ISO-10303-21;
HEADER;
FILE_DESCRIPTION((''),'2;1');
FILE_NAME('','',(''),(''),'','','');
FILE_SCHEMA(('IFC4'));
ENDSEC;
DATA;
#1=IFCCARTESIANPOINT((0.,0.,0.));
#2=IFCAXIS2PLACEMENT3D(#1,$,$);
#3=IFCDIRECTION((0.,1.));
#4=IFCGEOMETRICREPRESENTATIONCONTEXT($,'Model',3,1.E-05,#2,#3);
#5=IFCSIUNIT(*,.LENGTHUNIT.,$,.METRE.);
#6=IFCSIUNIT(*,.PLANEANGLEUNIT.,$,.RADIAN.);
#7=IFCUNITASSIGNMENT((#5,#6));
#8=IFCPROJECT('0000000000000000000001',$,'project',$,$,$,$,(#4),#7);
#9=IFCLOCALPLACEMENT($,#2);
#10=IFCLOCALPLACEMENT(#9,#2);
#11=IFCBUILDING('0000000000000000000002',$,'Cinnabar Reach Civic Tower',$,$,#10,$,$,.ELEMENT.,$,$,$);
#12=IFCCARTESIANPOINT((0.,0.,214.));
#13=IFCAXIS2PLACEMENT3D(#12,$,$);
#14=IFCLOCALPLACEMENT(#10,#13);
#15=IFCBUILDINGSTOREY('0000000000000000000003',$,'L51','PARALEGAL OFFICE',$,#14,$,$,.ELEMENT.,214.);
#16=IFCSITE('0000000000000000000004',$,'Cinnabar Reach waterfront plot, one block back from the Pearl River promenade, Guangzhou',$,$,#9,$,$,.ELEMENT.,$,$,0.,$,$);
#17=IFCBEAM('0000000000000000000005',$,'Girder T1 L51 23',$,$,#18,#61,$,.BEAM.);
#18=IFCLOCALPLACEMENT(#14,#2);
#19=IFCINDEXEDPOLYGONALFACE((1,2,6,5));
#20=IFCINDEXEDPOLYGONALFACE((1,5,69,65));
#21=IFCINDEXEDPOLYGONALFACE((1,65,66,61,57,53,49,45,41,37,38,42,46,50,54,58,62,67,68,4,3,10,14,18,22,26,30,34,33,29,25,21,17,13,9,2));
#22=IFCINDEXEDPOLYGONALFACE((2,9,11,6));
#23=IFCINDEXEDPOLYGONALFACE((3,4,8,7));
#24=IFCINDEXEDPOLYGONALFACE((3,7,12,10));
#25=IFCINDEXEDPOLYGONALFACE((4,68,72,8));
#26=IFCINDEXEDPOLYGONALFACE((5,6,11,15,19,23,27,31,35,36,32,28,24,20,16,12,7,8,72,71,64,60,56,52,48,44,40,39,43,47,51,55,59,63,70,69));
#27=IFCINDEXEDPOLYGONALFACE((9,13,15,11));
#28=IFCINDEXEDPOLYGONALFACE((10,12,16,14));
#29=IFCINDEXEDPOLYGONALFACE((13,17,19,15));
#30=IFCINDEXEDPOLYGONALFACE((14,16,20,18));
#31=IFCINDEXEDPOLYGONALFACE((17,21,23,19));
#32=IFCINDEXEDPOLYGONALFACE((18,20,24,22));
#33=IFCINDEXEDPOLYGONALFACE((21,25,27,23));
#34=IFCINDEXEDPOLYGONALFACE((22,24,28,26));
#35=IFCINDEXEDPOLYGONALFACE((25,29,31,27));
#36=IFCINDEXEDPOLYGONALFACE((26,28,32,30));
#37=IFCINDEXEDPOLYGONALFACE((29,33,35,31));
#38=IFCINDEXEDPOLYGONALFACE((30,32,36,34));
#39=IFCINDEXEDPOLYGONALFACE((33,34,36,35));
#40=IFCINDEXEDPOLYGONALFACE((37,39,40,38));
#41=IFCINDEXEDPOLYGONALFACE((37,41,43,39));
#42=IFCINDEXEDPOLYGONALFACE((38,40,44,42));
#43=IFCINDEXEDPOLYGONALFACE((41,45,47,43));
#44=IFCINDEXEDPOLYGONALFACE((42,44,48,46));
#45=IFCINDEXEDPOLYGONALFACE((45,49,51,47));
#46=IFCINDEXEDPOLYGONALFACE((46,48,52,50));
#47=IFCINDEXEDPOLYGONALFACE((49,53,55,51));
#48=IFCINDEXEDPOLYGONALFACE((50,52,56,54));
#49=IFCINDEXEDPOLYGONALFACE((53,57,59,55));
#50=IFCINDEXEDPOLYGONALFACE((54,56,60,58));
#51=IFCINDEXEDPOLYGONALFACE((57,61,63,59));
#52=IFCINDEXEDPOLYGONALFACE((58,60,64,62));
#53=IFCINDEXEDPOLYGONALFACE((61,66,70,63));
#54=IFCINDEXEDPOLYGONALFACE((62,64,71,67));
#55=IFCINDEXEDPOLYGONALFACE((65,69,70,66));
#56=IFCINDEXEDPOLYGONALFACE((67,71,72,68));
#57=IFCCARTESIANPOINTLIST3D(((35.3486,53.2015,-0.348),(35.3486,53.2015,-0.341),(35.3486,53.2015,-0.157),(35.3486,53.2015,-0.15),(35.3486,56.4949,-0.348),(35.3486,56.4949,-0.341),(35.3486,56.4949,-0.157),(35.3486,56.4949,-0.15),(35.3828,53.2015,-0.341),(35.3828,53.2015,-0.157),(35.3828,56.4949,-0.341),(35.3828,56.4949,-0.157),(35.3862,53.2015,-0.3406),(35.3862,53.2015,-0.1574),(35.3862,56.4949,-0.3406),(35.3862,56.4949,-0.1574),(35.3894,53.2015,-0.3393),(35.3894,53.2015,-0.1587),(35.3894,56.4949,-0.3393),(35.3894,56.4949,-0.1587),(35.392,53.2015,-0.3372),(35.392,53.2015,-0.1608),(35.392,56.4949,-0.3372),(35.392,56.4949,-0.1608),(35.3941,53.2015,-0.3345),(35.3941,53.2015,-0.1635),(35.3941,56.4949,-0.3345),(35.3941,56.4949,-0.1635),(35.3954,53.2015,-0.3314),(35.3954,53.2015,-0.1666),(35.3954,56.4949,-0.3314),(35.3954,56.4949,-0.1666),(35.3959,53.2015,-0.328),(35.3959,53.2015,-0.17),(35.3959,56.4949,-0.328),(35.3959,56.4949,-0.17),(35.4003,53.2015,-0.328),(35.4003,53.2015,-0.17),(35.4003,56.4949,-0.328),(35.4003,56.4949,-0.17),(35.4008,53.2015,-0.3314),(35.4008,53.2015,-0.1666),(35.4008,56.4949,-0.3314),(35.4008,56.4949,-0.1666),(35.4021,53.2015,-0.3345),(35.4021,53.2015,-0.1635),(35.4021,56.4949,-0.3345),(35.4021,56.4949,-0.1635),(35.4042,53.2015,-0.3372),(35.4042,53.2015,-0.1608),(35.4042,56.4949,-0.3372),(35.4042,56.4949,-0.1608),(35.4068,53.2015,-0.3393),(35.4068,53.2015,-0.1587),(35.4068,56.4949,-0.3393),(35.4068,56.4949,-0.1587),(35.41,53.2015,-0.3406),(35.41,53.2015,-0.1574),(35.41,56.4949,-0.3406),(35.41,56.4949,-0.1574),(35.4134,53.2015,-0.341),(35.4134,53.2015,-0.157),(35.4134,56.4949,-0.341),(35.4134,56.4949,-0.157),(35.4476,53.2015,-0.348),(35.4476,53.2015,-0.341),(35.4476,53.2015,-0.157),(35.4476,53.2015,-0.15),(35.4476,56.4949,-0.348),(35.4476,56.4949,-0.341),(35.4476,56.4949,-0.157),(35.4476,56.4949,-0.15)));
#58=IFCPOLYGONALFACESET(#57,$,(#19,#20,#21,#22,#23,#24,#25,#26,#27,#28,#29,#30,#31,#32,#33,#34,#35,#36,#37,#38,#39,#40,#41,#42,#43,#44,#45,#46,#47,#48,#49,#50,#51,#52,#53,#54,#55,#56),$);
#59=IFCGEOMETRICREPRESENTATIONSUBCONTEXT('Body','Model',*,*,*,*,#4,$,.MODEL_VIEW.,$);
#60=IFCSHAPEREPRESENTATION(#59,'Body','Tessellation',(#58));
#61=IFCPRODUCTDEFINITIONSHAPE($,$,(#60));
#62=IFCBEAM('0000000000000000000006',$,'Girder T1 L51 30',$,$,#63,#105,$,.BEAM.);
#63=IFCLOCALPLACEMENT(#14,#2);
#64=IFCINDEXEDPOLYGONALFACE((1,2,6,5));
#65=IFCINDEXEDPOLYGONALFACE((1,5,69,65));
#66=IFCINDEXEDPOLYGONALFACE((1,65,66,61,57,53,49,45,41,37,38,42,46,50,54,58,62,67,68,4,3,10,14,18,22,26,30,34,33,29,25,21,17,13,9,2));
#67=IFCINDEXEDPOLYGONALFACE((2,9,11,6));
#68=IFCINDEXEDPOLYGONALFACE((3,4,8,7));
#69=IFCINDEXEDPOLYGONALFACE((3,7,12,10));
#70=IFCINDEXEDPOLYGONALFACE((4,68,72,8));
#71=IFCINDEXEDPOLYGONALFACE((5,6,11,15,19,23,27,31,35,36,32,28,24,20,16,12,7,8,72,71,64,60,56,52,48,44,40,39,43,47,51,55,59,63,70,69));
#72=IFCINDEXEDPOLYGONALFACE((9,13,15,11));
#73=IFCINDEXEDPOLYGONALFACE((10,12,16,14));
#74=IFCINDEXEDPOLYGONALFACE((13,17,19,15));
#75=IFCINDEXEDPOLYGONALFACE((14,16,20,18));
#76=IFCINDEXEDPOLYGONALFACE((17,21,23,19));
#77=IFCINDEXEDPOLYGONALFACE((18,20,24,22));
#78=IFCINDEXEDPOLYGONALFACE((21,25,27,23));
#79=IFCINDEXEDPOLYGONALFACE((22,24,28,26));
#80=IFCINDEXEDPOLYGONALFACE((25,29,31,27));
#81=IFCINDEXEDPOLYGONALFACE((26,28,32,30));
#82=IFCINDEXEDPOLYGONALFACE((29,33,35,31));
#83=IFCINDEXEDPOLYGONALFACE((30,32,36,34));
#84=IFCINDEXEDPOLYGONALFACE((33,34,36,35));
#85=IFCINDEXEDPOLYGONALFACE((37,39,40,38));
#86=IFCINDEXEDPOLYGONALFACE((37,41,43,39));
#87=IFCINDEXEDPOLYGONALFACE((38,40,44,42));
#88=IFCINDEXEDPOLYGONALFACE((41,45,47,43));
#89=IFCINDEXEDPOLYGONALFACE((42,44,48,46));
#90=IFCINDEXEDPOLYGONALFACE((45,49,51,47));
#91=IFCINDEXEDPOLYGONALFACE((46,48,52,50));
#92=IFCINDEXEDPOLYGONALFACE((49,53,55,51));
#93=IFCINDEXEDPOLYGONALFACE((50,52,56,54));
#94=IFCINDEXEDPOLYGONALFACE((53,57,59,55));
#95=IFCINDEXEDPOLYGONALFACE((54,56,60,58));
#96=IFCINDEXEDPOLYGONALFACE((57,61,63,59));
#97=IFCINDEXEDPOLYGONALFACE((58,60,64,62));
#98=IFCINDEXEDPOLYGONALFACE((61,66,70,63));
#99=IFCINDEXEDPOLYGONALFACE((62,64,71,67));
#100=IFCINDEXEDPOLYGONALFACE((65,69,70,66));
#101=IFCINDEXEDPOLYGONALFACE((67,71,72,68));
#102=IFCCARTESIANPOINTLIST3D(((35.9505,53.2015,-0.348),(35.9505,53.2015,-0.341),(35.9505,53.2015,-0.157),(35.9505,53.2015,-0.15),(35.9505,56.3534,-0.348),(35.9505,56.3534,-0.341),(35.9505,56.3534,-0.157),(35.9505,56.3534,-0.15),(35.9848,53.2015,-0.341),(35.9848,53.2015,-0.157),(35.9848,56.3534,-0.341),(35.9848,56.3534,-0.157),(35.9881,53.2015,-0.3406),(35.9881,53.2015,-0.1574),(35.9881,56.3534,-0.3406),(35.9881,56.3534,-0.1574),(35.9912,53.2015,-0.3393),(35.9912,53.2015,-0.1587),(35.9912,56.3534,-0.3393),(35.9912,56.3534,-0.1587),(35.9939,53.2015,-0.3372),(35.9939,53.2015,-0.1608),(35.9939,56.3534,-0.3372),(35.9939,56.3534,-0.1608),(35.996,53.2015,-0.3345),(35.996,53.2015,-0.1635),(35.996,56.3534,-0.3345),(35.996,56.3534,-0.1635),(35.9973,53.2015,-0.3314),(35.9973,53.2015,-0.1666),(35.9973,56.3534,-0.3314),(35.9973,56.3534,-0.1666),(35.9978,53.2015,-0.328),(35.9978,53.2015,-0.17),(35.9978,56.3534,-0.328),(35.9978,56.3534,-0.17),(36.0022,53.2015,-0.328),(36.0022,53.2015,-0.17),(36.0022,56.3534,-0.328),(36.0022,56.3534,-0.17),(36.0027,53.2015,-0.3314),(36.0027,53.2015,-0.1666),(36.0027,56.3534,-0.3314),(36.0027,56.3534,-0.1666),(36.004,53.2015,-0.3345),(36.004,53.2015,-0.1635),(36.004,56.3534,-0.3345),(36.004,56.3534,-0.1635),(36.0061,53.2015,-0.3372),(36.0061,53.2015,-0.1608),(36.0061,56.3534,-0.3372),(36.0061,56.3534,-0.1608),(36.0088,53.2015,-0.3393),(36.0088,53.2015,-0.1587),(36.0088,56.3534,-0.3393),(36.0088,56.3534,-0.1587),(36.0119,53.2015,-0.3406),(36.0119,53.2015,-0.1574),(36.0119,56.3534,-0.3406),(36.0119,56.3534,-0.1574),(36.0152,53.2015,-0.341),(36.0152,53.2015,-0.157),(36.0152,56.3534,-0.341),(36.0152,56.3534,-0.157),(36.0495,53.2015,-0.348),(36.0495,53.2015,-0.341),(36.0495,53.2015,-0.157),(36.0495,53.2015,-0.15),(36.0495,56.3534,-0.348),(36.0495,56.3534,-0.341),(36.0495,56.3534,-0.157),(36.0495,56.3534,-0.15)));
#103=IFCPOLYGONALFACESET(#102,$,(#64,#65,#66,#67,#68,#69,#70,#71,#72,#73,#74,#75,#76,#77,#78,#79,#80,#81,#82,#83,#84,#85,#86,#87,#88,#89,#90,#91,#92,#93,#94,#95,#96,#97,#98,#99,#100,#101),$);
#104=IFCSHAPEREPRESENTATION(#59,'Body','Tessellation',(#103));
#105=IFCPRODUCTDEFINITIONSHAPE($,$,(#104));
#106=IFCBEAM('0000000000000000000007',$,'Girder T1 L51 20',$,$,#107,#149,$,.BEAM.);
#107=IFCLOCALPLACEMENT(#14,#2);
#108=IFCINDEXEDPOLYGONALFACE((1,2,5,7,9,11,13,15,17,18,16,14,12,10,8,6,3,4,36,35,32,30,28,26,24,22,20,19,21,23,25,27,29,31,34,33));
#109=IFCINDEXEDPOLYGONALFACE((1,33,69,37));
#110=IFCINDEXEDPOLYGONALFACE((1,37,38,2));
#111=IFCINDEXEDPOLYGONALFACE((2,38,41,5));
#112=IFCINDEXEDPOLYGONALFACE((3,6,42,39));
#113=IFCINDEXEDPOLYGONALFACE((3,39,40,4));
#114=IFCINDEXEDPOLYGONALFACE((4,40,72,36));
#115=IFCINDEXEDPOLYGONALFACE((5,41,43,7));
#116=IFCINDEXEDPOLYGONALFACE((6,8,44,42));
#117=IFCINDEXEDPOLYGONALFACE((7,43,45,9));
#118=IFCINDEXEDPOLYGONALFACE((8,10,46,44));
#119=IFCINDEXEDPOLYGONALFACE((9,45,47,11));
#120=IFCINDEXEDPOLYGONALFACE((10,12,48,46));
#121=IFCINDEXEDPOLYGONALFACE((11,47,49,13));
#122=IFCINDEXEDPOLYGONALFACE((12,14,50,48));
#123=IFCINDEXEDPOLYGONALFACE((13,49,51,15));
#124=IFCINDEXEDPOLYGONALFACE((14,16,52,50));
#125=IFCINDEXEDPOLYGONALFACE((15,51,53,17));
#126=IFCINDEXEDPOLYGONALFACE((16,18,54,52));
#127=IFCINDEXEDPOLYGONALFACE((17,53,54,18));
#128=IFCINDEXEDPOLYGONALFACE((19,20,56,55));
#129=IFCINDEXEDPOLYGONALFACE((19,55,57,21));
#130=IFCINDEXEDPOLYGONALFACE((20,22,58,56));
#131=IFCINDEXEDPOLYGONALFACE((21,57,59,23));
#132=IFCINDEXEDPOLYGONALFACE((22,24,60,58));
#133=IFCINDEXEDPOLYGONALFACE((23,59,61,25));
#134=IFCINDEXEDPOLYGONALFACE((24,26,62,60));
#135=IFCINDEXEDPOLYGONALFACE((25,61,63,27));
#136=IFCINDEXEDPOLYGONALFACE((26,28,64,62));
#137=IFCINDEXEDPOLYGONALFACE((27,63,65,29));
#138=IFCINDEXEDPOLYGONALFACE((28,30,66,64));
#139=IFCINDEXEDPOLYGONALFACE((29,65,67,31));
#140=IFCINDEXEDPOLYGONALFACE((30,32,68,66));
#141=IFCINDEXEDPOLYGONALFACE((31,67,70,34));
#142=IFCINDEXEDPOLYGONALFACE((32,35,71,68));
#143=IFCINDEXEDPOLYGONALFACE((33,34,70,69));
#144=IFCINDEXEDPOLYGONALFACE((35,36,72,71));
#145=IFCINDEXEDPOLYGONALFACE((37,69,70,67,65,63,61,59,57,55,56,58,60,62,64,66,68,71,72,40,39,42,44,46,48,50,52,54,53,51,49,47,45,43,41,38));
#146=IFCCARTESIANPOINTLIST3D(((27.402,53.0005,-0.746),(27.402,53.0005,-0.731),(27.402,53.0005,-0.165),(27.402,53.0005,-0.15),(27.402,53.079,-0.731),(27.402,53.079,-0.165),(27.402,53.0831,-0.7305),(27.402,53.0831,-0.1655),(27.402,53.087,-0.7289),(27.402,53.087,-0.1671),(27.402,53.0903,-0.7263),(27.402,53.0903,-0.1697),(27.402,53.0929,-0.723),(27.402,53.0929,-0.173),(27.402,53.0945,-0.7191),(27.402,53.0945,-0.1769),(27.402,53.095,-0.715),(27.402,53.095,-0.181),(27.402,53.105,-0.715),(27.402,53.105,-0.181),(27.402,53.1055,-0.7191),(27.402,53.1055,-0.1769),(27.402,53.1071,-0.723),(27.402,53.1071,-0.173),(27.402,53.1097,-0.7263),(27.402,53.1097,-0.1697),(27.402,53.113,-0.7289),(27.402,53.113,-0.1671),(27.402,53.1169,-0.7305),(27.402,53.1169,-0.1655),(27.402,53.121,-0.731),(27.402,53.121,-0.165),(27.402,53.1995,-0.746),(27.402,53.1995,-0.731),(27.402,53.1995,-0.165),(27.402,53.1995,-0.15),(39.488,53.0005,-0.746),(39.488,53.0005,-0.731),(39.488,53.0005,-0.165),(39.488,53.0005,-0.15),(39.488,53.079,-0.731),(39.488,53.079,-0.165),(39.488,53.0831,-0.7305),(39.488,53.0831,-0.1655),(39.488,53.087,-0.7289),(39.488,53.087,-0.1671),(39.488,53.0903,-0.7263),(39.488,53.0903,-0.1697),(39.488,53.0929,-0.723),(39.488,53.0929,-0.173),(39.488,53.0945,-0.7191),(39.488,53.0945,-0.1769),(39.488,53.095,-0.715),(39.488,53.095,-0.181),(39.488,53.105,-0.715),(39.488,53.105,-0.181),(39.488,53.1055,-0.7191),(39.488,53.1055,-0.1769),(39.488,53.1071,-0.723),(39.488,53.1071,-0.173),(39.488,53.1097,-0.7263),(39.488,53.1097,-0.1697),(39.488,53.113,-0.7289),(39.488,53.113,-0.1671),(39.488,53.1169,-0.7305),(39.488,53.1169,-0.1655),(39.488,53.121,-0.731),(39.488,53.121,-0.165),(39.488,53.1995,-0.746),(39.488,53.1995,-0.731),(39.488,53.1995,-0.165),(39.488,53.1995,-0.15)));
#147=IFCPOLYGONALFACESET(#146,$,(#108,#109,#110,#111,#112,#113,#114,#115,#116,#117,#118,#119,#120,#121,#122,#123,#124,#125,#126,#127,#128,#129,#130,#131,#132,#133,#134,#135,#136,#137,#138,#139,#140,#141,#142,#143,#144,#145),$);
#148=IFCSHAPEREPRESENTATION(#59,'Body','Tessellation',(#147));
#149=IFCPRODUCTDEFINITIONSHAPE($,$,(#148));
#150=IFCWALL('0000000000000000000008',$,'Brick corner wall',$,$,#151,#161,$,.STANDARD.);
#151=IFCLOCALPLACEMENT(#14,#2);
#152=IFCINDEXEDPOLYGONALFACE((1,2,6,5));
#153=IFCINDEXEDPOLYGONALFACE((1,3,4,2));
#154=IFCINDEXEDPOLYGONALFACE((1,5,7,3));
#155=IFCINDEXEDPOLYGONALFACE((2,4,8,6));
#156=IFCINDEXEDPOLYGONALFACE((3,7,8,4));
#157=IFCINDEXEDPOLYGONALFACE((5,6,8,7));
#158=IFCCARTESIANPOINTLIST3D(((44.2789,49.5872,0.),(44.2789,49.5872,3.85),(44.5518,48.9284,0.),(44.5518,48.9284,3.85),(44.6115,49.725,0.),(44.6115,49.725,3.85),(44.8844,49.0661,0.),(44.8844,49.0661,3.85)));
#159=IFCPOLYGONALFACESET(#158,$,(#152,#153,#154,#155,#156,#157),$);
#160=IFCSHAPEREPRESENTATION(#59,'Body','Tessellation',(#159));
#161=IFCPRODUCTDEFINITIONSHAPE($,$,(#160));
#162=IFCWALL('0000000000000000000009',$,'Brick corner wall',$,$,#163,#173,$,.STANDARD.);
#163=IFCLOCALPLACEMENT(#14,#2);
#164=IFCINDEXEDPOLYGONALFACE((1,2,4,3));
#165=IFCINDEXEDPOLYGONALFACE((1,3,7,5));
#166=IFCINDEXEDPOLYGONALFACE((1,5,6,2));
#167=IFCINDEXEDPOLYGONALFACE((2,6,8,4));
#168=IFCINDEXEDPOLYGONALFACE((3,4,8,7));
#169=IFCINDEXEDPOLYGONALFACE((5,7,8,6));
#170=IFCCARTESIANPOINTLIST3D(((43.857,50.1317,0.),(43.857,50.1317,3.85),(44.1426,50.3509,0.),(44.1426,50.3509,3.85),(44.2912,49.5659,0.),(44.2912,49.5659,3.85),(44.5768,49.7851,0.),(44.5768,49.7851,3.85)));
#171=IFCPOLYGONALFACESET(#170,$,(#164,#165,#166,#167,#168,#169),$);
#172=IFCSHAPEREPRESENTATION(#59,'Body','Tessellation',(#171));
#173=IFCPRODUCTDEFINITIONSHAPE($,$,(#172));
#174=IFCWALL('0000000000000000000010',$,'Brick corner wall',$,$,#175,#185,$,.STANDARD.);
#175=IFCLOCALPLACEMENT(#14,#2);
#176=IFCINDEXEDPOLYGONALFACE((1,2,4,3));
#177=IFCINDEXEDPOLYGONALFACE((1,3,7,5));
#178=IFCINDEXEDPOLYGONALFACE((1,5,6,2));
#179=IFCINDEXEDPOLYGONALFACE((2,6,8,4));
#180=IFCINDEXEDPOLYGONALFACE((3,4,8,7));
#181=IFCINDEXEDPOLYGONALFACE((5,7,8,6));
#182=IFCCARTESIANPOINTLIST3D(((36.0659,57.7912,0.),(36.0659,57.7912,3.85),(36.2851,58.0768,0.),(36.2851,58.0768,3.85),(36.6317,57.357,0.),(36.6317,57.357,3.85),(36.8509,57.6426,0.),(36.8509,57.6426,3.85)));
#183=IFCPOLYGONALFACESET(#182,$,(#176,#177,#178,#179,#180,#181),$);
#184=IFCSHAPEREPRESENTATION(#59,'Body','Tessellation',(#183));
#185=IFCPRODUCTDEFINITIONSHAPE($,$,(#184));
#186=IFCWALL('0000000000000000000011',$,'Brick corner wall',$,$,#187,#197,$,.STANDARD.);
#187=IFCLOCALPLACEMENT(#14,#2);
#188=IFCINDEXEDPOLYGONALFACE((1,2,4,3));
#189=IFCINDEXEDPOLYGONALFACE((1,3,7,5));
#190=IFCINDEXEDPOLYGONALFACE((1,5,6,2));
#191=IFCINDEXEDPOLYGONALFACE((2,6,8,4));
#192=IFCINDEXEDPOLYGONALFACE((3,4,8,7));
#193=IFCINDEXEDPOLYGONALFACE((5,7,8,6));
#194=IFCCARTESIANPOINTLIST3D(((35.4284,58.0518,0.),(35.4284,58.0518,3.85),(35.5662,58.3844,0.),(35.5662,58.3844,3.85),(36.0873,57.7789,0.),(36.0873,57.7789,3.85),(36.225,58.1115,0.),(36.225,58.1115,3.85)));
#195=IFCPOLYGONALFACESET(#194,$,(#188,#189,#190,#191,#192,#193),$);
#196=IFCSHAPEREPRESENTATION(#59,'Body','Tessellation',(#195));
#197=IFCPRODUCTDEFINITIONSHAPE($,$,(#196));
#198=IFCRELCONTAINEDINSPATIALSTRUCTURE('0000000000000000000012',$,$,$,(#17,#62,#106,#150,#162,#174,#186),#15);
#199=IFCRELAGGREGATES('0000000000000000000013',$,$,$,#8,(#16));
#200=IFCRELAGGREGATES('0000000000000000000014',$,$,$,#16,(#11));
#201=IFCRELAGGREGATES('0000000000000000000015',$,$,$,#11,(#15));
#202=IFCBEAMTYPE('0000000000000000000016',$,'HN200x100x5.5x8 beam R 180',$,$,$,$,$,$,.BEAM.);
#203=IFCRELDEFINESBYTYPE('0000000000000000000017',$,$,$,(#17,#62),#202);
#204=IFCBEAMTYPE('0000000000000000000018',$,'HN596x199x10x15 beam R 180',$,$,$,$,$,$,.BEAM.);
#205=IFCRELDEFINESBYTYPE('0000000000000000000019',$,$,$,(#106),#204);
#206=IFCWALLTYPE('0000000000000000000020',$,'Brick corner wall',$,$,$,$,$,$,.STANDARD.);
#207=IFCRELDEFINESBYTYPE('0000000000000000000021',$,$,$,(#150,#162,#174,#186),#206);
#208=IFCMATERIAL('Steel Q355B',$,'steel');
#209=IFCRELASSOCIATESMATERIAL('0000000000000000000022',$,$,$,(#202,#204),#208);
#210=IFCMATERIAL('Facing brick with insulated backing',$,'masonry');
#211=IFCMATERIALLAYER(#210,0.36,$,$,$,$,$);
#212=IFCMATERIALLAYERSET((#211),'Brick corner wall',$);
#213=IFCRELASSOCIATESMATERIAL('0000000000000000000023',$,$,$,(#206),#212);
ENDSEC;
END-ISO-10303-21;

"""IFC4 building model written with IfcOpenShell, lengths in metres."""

from ifc_helpers import new_model, si_unit, direction, frame, frame_2d, origin, origin_2d, place, context, subcontext, project, spatial, rectangle, i_section, extrude, material, layer, layer_set, material_profile, profile_set, type_object, element, save


model = new_model("IFC4")

# Units and contexts
model_context = context("Model", 3, precision=1e-05, world=origin(), true_north=direction((0.0, 1.0)))
body_context = subcontext(model_context, "Body", "Model", "MODEL_VIEW")
ifc_project = project(units=[si_unit("LENGTHUNIT", "METRE"), si_unit("PLANEANGLEUNIT", "RADIAN")], contexts=[model_context])

# Site, building, storey
site_placement = place(None, origin())
site = spatial("IfcSite", under=ifc_project, at=site_placement, Name="Cinnabar Reach waterfront plot, one block back from the Pearl River promenade, Guangzhou", CompositionType="ELEMENT", RefElevation=0.0)
building_placement = place(site_placement, origin())
building = spatial("IfcBuilding", under=site, at=building_placement, Name="Cinnabar Reach Civic Tower", CompositionType="ELEMENT")
storey_placement = place(building_placement, frame((0.0, 0.0, 214.0)))
storey = spatial("IfcBuildingStorey", under=building, at=storey_placement, Name="L51", Description="PARALEGAL OFFICE", CompositionType="ELEMENT", Elevation=214.0)

# Beams
ifc_material_1 = material(Name="Steel Q355B", Category="steel")
ifc_material_profile_1 = material_profile(ifc_material_1, i_section(OverallWidth=0.099, OverallDepth=0.198, WebThickness=0.0045, FlangeThickness=0.007, FilletRadius=0.013, at=origin_2d()), Name="HN200x100x5.5x8")
ifc_profile_set_1 = profile_set([ifc_material_profile_1], Name="Steel Q355B")
beam_type_1 = type_object("IfcBeamType", Name="HN200x100x5.5x8 beam R 180", PredefinedType="BEAM", material=ifc_profile_set_1)
beam_1_placement = place(storey_placement, frame((35.3981, 53.2015, -0.249), z_axis=(0.0, 1.0, 0.0), x_axis=(-1.0, 0.0, 0.0)))
element("IfcBeam", 1, at=beam_1_placement, inside=storey, type_object=beam_type_1, Name="Girder T1 L51 23", PredefinedType="BEAM", context=body_context, shape_type="SweptSolid", body=[
    extrude(i_section(OverallWidth=0.099, OverallDepth=0.198, WebThickness=0.0045, FlangeThickness=0.007, FilletRadius=0.013, at=origin_2d()), origin(), (0.0, 0.0, 1.0), 3.2934),
])
beam_2_placement = place(storey_placement, frame((36.0, 53.2015, -0.249), z_axis=(0.0, 1.0, 0.0), x_axis=(-1.0, 0.0, 0.0)))
element("IfcBeam", 2, at=beam_2_placement, inside=storey, type_object=beam_type_1, Name="Girder T1 L51 30", PredefinedType="BEAM", context=body_context, shape_type="SweptSolid", body=[
    extrude(i_section(OverallWidth=0.099, OverallDepth=0.198, WebThickness=0.0045, FlangeThickness=0.007, FilletRadius=0.013, at=origin_2d()), origin(), (0.0, 0.0, 1.0), 3.1519),
])
ifc_material_profile_2 = material_profile(ifc_material_1, i_section(OverallWidth=0.199, OverallDepth=0.596, WebThickness=0.01, FlangeThickness=0.015, FilletRadius=0.016, at=origin_2d()), Name="HN596x199x10x15")
ifc_profile_set_2 = profile_set([ifc_material_profile_2], Name="Steel Q355B")
beam_type_2 = type_object("IfcBeamType", Name="HN596x199x10x15 beam R 180", PredefinedType="BEAM", material=ifc_profile_set_2)
beam_3_placement = place(storey_placement, frame((27.402, 53.1, -0.448), z_axis=(1.0, 0.0, 0.0), x_axis=(0.0, 1.0, 0.0)))
element("IfcBeam", 3, at=beam_3_placement, inside=storey, type_object=beam_type_2, Name="Girder T1 L51 20", PredefinedType="BEAM", context=body_context, shape_type="SweptSolid", body=[
    extrude(i_section(OverallWidth=0.199, OverallDepth=0.596, WebThickness=0.01, FlangeThickness=0.015, FilletRadius=0.016, at=origin_2d()), origin(), (0.0, 0.0, 1.0), 12.086),
])

# Walls
ifc_material_2 = material(Name="Facing brick with insulated backing", Category="masonry")
ifc_layer_1 = layer(ifc_material_2, 0.36)
ifc_layer_set_1 = layer_set([ifc_layer_1], Name="Brick corner wall")
wall_type_1 = type_object("IfcWallType", Name="Brick corner wall", PredefinedType="STANDARD", material=ifc_layer_set_1)
wall_1_placement = place(storey_placement, frame((44.7181, 48.9973, 0.0), z_axis=(0.0, 0.0, 1.0), x_axis=(-0.382703, 0.923872, 0.0)))
element("IfcWall", 4, at=wall_1_placement, inside=storey, type_object=wall_type_1, Name="Brick corner wall", PredefinedType="STANDARD", context=body_context, shape_type="SweptSolid", body=[
    extrude(rectangle(XDim=0.7131, YDim=0.36, at=frame_2d((0.3565, 0.0))), origin(), (0.0, 0.0, 1.0), 3.85),
])
for number, where, z_axis, x_axis, name in (
    (5, (44.434, 49.6755, 0.0), (0.0, 0.0, 1.0), (-0.608802, 0.793322, 0.0), "Brick corner wall"),
    (6, (36.7413, 57.4998, 0.0), (0.0, 0.0, 1.0), (-0.793322, 0.608802, 0.0), "Brick corner wall"),
):
    element("IfcWall", number, at=place(storey_placement, frame(where, z_axis=z_axis, x_axis=x_axis)), inside=storey, type_object=wall_type_1, Name=name, PredefinedType="STANDARD", context=body_context, shape_type="SweptSolid", body=[
        extrude(rectangle(XDim=0.7132, YDim=0.36, at=frame_2d((0.3566, 0.0))), origin(), (0.0, 0.0, 1.0), 3.85),
    ])
for number, where, z_axis, x_axis, name in (
    (7, (36.1561, 57.9452, 0.0), (0.0, 0.0, 1.0), (-0.923872, 0.382703, 0.0), "Brick corner wall"),
):
    element("IfcWall", number, at=place(storey_placement, frame(where, z_axis=z_axis, x_axis=x_axis)), inside=storey, type_object=wall_type_1, Name=name, PredefinedType="STANDARD", context=body_context, shape_type="SweptSolid", body=[
        extrude(rectangle(XDim=0.7131, YDim=0.36, at=frame_2d((0.3565, 0.0))), origin(), (0.0, 0.0, 1.0), 3.85),
    ])

save(model, "model.ifc")
